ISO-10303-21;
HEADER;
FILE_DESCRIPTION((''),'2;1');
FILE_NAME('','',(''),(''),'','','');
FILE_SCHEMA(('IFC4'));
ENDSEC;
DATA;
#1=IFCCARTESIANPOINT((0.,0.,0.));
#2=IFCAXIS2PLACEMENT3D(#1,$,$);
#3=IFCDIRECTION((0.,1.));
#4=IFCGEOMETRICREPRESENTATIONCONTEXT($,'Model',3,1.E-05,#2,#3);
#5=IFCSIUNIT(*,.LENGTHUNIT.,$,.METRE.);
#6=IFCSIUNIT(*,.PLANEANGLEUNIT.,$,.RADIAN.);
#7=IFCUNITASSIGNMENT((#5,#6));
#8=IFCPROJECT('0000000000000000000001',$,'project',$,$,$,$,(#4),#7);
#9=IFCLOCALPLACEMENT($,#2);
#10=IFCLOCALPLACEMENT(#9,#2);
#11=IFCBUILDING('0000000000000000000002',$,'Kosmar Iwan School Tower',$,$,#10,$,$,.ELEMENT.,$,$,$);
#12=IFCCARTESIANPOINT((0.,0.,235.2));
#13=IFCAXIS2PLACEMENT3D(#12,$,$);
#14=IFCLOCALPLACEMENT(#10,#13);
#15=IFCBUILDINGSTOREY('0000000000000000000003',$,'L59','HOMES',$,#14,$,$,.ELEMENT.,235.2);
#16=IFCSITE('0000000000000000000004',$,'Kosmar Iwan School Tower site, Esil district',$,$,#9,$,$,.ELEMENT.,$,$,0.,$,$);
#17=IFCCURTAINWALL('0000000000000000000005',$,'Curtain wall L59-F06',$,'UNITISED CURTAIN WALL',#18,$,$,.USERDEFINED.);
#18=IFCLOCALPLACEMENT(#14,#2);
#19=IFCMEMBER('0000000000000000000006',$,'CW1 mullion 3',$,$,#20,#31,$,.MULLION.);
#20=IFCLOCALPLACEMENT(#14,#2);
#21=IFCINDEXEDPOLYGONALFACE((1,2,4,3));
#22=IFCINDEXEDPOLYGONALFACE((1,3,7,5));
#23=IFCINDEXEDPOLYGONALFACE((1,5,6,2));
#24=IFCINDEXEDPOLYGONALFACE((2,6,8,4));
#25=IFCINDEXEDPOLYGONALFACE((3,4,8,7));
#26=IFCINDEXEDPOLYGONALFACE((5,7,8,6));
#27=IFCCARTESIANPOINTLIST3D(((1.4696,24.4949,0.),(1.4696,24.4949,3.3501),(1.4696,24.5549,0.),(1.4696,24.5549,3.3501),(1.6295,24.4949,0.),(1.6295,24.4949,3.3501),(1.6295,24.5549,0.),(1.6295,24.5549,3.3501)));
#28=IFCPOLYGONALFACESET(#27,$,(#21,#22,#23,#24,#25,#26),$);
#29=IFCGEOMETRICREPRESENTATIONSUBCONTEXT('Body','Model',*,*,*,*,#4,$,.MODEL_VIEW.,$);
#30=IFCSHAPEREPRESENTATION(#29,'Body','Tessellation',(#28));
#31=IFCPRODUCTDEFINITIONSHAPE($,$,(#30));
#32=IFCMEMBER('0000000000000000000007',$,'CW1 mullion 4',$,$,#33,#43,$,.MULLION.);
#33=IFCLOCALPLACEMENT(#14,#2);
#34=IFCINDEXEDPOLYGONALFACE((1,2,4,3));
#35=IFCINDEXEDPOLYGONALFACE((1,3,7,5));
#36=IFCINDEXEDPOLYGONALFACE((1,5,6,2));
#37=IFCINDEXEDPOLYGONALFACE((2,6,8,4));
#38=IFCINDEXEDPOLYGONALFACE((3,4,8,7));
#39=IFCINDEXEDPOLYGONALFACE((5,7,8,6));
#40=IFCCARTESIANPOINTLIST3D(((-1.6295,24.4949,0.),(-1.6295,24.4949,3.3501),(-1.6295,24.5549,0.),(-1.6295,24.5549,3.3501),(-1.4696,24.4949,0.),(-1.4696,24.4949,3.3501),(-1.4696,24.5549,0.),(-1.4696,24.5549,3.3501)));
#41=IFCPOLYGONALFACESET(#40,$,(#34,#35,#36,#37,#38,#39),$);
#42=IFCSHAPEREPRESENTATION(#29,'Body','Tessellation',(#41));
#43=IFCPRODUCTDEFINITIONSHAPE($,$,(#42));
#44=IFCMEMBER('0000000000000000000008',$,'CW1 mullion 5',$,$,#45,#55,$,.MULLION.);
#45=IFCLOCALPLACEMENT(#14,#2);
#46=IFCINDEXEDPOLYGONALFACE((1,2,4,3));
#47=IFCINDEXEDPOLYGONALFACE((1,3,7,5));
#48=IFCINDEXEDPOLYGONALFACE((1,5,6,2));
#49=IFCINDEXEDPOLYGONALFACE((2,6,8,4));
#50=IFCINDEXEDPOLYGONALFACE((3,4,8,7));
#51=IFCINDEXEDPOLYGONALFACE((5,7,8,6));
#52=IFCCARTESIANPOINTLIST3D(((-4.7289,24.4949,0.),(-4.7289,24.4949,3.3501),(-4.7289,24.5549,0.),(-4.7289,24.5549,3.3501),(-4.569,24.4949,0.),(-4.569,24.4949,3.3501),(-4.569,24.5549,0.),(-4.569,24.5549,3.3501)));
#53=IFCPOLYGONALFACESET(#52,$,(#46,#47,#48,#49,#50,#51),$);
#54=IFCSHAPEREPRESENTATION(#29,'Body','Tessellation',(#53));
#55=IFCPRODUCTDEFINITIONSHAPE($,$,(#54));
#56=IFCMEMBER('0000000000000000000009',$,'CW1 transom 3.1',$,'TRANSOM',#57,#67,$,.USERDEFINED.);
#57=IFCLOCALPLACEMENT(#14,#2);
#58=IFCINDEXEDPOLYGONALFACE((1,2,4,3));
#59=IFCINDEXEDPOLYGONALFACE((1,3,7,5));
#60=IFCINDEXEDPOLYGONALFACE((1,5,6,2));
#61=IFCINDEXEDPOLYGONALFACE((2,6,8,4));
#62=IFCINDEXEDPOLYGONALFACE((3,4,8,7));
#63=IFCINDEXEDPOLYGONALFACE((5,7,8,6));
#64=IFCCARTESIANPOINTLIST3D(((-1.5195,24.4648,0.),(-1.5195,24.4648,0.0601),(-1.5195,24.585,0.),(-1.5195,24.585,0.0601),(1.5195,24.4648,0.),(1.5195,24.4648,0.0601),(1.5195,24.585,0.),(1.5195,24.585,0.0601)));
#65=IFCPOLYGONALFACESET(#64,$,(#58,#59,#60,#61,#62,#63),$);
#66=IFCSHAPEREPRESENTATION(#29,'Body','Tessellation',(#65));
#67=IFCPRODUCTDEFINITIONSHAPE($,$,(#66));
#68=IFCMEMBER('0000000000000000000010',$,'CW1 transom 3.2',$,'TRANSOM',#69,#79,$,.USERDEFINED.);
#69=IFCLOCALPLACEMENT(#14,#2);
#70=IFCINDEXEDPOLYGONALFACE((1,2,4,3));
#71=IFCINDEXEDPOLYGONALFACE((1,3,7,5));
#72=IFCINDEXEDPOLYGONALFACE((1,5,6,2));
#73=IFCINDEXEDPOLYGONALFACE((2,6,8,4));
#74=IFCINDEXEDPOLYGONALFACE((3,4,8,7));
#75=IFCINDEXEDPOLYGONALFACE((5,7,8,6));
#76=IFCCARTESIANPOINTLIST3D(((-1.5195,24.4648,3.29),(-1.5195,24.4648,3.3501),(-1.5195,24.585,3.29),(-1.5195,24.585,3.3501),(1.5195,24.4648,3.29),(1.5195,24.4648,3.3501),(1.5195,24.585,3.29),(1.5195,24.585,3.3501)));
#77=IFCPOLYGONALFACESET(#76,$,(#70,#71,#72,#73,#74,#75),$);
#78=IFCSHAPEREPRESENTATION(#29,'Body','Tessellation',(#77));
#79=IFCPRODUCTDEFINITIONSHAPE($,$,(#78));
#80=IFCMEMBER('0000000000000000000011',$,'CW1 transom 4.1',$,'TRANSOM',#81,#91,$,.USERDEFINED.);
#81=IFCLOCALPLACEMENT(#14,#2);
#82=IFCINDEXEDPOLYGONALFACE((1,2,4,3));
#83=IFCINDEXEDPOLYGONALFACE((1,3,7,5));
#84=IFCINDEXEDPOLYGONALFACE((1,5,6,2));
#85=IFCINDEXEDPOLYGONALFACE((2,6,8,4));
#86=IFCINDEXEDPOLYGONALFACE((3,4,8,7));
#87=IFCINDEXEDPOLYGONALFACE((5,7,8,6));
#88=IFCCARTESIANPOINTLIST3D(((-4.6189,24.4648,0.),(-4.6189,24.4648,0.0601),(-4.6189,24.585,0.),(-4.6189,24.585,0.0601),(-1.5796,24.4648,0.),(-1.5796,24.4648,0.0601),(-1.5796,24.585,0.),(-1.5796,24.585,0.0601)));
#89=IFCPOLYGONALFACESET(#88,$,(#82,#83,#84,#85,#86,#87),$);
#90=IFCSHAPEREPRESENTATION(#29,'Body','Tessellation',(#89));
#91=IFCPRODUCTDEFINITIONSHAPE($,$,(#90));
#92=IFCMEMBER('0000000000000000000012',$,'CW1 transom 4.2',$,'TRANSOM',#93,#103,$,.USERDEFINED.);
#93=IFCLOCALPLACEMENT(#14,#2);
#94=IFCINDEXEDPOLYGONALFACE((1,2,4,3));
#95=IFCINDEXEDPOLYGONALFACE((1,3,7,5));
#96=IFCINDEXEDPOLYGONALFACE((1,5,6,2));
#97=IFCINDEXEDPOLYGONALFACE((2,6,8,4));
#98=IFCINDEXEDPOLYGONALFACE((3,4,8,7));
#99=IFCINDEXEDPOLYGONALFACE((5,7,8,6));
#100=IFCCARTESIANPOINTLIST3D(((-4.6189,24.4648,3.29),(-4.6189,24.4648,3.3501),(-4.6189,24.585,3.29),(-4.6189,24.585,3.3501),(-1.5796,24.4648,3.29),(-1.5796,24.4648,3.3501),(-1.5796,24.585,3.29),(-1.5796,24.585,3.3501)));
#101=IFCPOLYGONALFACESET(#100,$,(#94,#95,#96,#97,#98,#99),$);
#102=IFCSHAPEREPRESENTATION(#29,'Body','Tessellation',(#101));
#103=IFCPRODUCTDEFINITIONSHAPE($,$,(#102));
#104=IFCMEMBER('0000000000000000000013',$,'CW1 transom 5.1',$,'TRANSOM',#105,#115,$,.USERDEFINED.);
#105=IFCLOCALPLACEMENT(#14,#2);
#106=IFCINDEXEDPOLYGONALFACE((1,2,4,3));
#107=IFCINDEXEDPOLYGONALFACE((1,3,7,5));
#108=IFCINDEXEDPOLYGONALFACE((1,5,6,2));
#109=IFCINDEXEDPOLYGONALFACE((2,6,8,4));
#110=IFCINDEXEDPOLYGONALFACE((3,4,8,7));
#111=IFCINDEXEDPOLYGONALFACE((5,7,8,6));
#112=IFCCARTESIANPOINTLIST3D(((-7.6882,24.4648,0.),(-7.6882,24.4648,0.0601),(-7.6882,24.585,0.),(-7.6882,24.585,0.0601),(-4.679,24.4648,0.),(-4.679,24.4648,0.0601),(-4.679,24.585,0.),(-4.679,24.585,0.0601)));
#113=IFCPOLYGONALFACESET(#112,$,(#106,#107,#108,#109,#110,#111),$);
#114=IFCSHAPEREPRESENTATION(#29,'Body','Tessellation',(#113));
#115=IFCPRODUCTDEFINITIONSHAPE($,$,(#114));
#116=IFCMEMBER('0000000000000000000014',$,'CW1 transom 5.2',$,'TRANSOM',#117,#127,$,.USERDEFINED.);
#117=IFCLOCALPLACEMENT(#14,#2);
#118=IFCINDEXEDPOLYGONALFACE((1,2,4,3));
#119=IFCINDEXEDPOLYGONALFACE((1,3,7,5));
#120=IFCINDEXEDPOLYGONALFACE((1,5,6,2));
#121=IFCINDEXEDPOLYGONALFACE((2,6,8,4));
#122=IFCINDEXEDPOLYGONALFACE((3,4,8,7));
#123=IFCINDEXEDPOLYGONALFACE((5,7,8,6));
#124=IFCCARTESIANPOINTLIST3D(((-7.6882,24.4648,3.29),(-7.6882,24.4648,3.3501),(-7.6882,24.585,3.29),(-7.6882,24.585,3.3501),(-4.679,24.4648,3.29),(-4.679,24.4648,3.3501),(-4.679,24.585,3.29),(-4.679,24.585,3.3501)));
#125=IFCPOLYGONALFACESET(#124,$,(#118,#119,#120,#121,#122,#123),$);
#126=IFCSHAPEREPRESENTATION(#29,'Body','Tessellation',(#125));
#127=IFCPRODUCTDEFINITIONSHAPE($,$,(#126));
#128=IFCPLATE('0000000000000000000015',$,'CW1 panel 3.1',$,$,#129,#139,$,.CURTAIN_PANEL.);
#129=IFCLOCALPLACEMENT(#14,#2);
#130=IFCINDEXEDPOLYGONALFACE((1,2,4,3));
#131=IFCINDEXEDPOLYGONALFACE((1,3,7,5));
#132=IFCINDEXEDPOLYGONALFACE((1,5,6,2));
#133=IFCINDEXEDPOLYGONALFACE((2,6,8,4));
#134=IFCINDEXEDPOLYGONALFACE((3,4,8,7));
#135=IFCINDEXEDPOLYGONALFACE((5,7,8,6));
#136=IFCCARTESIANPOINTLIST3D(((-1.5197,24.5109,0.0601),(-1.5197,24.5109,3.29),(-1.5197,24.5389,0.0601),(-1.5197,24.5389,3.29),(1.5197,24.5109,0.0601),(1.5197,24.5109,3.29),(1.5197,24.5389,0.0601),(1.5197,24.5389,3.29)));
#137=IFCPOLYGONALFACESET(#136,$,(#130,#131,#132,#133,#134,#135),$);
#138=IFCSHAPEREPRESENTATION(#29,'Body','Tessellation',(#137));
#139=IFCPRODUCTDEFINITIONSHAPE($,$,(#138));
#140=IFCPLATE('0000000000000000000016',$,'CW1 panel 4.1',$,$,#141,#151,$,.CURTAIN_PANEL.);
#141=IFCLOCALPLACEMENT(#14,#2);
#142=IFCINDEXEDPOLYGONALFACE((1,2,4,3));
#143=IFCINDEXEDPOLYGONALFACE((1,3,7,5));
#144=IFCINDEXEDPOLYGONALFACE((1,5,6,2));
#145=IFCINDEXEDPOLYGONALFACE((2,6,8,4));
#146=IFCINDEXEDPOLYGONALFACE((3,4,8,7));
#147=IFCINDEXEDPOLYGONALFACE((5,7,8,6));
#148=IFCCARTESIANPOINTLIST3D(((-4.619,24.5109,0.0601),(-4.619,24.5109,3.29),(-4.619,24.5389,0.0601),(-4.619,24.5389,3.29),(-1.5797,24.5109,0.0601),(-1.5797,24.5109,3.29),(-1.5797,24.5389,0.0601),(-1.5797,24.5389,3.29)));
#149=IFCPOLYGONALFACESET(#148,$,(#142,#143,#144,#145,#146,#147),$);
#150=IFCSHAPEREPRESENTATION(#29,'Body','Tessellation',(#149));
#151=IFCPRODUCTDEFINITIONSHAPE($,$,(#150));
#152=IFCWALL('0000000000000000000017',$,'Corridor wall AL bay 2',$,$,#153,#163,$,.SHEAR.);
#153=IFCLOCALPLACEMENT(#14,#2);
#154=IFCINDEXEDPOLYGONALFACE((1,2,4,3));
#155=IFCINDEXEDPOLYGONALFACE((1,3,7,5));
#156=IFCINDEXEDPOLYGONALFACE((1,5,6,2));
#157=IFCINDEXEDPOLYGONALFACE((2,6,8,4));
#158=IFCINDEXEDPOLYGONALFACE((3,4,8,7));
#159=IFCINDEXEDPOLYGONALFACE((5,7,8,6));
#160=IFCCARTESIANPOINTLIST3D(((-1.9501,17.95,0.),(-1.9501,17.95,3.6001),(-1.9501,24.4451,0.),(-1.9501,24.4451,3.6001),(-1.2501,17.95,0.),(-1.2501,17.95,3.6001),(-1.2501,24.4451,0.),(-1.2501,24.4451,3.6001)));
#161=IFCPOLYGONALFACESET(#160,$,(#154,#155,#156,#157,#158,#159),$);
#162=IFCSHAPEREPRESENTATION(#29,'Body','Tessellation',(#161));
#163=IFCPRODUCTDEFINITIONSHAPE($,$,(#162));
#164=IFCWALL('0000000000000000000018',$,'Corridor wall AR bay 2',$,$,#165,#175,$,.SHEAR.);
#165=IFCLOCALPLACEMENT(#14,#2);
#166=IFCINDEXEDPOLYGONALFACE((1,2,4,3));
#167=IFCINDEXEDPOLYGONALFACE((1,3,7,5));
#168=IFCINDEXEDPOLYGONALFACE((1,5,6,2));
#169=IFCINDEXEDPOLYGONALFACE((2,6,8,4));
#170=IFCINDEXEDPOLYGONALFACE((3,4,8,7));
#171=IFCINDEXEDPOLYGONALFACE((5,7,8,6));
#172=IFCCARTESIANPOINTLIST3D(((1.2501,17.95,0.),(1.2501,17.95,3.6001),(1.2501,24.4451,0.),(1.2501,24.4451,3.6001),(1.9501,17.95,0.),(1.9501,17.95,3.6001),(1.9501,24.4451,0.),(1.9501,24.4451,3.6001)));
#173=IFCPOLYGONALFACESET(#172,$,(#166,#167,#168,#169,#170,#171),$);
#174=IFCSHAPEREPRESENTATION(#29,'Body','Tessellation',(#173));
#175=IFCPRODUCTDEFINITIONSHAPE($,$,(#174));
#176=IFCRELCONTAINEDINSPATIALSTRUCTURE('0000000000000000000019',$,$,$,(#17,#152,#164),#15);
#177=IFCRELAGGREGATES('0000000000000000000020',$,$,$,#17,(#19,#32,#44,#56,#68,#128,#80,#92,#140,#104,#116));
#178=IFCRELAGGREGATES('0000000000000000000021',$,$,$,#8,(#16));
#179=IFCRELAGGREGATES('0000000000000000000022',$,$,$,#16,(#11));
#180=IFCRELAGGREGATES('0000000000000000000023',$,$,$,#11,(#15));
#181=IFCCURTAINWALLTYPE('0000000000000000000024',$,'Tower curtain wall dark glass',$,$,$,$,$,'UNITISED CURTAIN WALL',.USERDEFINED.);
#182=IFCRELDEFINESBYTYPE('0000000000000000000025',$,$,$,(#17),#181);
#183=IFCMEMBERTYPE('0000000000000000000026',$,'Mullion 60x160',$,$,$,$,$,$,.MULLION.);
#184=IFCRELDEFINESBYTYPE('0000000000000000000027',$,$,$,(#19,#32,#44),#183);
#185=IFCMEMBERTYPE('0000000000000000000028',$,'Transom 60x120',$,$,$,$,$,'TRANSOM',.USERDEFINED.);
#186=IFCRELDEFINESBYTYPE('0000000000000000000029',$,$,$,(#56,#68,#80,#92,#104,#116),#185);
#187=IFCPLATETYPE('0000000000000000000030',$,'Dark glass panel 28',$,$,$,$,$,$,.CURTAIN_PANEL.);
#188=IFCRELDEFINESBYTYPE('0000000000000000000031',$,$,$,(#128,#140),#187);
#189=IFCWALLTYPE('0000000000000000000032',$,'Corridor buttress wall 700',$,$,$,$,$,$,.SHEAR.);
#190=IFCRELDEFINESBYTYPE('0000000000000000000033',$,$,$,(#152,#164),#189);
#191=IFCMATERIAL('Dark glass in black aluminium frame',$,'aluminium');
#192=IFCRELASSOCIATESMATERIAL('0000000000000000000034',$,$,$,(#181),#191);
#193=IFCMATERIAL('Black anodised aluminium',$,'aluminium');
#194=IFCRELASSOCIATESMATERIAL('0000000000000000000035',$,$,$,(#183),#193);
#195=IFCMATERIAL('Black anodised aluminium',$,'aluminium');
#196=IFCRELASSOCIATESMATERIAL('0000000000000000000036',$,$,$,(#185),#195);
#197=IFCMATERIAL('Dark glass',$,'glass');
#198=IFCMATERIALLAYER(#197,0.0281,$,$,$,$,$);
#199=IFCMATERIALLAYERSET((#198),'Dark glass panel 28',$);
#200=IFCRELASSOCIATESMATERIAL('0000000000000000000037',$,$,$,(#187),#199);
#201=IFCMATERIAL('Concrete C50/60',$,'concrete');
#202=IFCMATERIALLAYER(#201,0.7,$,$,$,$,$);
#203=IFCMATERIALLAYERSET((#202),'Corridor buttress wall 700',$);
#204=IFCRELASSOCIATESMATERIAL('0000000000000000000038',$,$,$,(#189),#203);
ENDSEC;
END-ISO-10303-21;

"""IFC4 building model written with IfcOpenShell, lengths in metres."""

from ifc_helpers import new_model, si_unit, direction, frame, frame_2d, origin, origin_2d, place, context, subcontext, project, spatial, rectangle, extrude, material, layer, layer_set, material_profile, profile_set, type_object, element, aggregate, save


model = new_model("IFC4")

# Units and contexts
model_context = context("Model", 3, precision=1e-05, world=origin(), true_north=direction((0.0, 1.0)))
body_context = subcontext(model_context, "Body", "Model", "MODEL_VIEW")
ifc_project = project(units=[si_unit("LENGTHUNIT", "METRE"), si_unit("PLANEANGLEUNIT", "RADIAN")], contexts=[model_context])

# Site, building, storey
site_placement = place(None, origin())
site = spatial("IfcSite", under=ifc_project, at=site_placement, Name="Kosmar Iwan School Tower site, Esil district", CompositionType="ELEMENT", RefElevation=0.0)
building_placement = place(site_placement, origin())
building = spatial("IfcBuilding", under=site, at=building_placement, Name="Kosmar Iwan School Tower", CompositionType="ELEMENT")
storey_placement = place(building_placement, frame((0.0, 0.0, 235.2)))
storey = spatial("IfcBuildingStorey", under=building, at=storey_placement, Name="L59", Description="HOMES", CompositionType="ELEMENT", Elevation=235.2)

# Curtain wall, members, plates
ifc_material_1 = material(Name="Dark glass in black aluminium frame", Category="aluminium")
curtain_wall_type = type_object("IfcCurtainWallType", Name="Tower curtain wall dark glass", ElementType="UNITISED CURTAIN WALL", PredefinedType="USERDEFINED", material=ifc_material_1)
curtain_wall_placement = place(storey_placement, origin())
curtain_wall = element("IfcCurtainWall", 1, at=curtain_wall_placement, inside=storey, type_object=curtain_wall_type, Name="Curtain wall L59-F06", ObjectType="UNITISED CURTAIN WALL", PredefinedType="USERDEFINED")
ifc_material_2 = material(Name="Black anodised aluminium", Category="aluminium")
ifc_material_profile_1 = material_profile(ifc_material_2, rectangle(XDim=0.0601, YDim=0.1599, at=origin_2d()), Name="MULLION 60x160")
ifc_profile_set_1 = profile_set([ifc_material_profile_1], Name="Black anodised aluminium")
member_type_1 = type_object("IfcMemberType", Name="Mullion 60x160", PredefinedType="MULLION", material=ifc_profile_set_1)
member_1_placement = place(storey_placement, frame((1.5496, 24.5249, 0.0), z_axis=(0.0, 0.0, 1.0), x_axis=(0.0, -1.0, 0.0)))
member_1 = element("IfcMember", 2, at=member_1_placement, type_object=member_type_1, Name="CW1 mullion 3", PredefinedType="MULLION", context=body_context, shape_type="SweptSolid", body=[
    extrude(rectangle(XDim=0.0601, YDim=0.1599, at=origin_2d()), origin(), (0.0, 0.0, 1.0), 3.3501),
])
member_2_placement = place(storey_placement, frame((-1.5496, 24.5249, 0.0), z_axis=(0.0, 0.0, 1.0), x_axis=(0.0, -1.0, 0.0)))
member_2 = element("IfcMember", 3, at=member_2_placement, type_object=member_type_1, Name="CW1 mullion 4", PredefinedType="MULLION", context=body_context, shape_type="SweptSolid", body=[
    extrude(rectangle(XDim=0.0601, YDim=0.1599, at=origin_2d()), origin(), (0.0, 0.0, 1.0), 3.3501),
])
member_3_placement = place(storey_placement, frame((-4.6489, 24.5249, 0.0), z_axis=(0.0, 0.0, 1.0), x_axis=(0.0, -1.0, 0.0)))
member_3 = element("IfcMember", 4, at=member_3_placement, type_object=member_type_1, Name="CW1 mullion 5", PredefinedType="MULLION", context=body_context, shape_type="SweptSolid", body=[
    extrude(rectangle(XDim=0.0601, YDim=0.1599, at=origin_2d()), origin(), (0.0, 0.0, 1.0), 3.3501),
])
ifc_material_3 = material(Name="Black anodised aluminium", Category="aluminium")
ifc_material_profile_2 = material_profile(ifc_material_3, rectangle(XDim=0.1201, YDim=0.0601, at=origin_2d()), Name="TRANSOM 60x120")
ifc_profile_set_2 = profile_set([ifc_material_profile_2], Name="Black anodised aluminium")
member_type_2 = type_object("IfcMemberType", Name="Transom 60x120", ElementType="TRANSOM", PredefinedType="USERDEFINED", material=ifc_profile_set_2)
member_4_placement = place(storey_placement, frame((1.5195, 24.5249, 0.03), z_axis=(-1.0, 0.0, 0.0), x_axis=(0.0, -1.0, 0.0)))
member_4 = element("IfcMember", 5, at=member_4_placement, type_object=member_type_2, Name="CW1 transom 3.1", ObjectType="TRANSOM", PredefinedType="USERDEFINED", context=body_context, shape_type="SweptSolid", body=[
    extrude(rectangle(XDim=0.1201, YDim=0.0601, at=origin_2d()), origin(), (0.0, 0.0, 1.0), 3.0391),
])
member_5_placement = place(storey_placement, frame((1.5195, 24.5249, 3.3201), z_axis=(-1.0, 0.0, 0.0), x_axis=(0.0, -1.0, 0.0)))
member_5 = element("IfcMember", 6, at=member_5_placement, type_object=member_type_2, Name="CW1 transom 3.2", ObjectType="TRANSOM", PredefinedType="USERDEFINED", context=body_context, shape_type="SweptSolid", body=[
    extrude(rectangle(XDim=0.1201, YDim=0.0601, at=origin_2d()), origin(), (0.0, 0.0, 1.0), 3.0391),
])
member_6_placement = place(storey_placement, frame((-1.5796, 24.5249, 0.03), z_axis=(-1.0, 0.0, 0.0), x_axis=(0.0, -1.0, 0.0)))
member_6 = element("IfcMember", 7, at=member_6_placement, type_object=member_type_2, Name="CW1 transom 4.1", ObjectType="TRANSOM", PredefinedType="USERDEFINED", context=body_context, shape_type="SweptSolid", body=[
    extrude(rectangle(XDim=0.1201, YDim=0.0601, at=origin_2d()), origin(), (0.0, 0.0, 1.0), 3.0393),
])
member_7_placement = place(storey_placement, frame((-1.5796, 24.5249, 3.3201), z_axis=(-1.0, 0.0, 0.0), x_axis=(0.0, -1.0, 0.0)))
member_7 = element("IfcMember", 8, at=member_7_placement, type_object=member_type_2, Name="CW1 transom 4.2", ObjectType="TRANSOM", PredefinedType="USERDEFINED", context=body_context, shape_type="SweptSolid", body=[
    extrude(rectangle(XDim=0.1201, YDim=0.0601, at=origin_2d()), origin(), (0.0, 0.0, 1.0), 3.0393),
])
member_8_placement = place(storey_placement, frame((-4.679, 24.5249, 0.03), z_axis=(-1.0, 0.0, 0.0), x_axis=(0.0, -1.0, 0.0)))
member_8 = element("IfcMember", 9, at=member_8_placement, type_object=member_type_2, Name="CW1 transom 5.1", ObjectType="TRANSOM", PredefinedType="USERDEFINED", context=body_context, shape_type="SweptSolid", body=[
    extrude(rectangle(XDim=0.1201, YDim=0.0601, at=origin_2d()), origin(), (0.0, 0.0, 1.0), 3.0093),
])
member_9_placement = place(storey_placement, frame((-4.679, 24.5249, 3.3201), z_axis=(-1.0, 0.0, 0.0), x_axis=(0.0, -1.0, 0.0)))
member_9 = element("IfcMember", 10, at=member_9_placement, type_object=member_type_2, Name="CW1 transom 5.2", ObjectType="TRANSOM", PredefinedType="USERDEFINED", context=body_context, shape_type="SweptSolid", body=[
    extrude(rectangle(XDim=0.1201, YDim=0.0601, at=origin_2d()), origin(), (0.0, 0.0, 1.0), 3.0093),
])
ifc_material_4 = material(Name="Dark glass", Category="glass")
ifc_layer_1 = layer(ifc_material_4, 0.0281)
ifc_layer_set_1 = layer_set([ifc_layer_1], Name="Dark glass panel 28")
plate_type = type_object("IfcPlateType", Name="Dark glass panel 28", PredefinedType="CURTAIN_PANEL", material=ifc_layer_set_1)
plate_1_placement = place(storey_placement, frame((0.0, 24.5249, 0.0601), z_axis=(0.0, 0.0, 1.0), x_axis=(-1.0, 0.0, 0.0)))
plate_1 = element("IfcPlate", 11, at=plate_1_placement, type_object=plate_type, Name="CW1 panel 3.1", PredefinedType="CURTAIN_PANEL", context=body_context, shape_type="SweptSolid", body=[
    extrude(rectangle(XDim=3.0393, YDim=0.0281, at=origin_2d()), origin(), (0.0, 0.0, 1.0), 3.23),
])
plate_2_placement = place(storey_placement, frame((-3.0994, 24.5249, 0.0601), z_axis=(0.0, 0.0, 1.0), x_axis=(-1.0, 0.0, 0.0)))
plate_2 = element("IfcPlate", 12, at=plate_2_placement, type_object=plate_type, Name="CW1 panel 4.1", PredefinedType="CURTAIN_PANEL", context=body_context, shape_type="SweptSolid", body=[
    extrude(rectangle(XDim=3.0393, YDim=0.0281, at=origin_2d()), origin(), (0.0, 0.0, 1.0), 3.23),
])
aggregate(curtain_wall, [member_1, member_2, member_3, member_4, member_5, plate_1, member_6, member_7, plate_2, member_8, member_9])

# Walls
ifc_material_5 = material(Name="Concrete C50/60", Category="concrete")
ifc_layer_2 = layer(ifc_material_5, 0.7)
ifc_layer_set_2 = layer_set([ifc_layer_2], Name="Corridor buttress wall 700")
wall_type_1 = type_object("IfcWallType", Name="Corridor buttress wall 700", PredefinedType="SHEAR", material=ifc_layer_set_2)
for number, where, z_axis, x_axis, name in (
    (13, (-1.6001, 17.95, 0.0), (0.0, 0.0, 1.0), (0.0, 1.0, 0.0), "Corridor wall AL bay 2"),
    (14, (1.6001, 17.95, 0.0), (0.0, 0.0, 1.0), (0.0, 1.0, 0.0), "Corridor wall AR bay 2"),
):
    element("IfcWall", number, at=place(storey_placement, frame(where, z_axis=z_axis, x_axis=x_axis)), inside=storey, type_object=wall_type_1, Name=name, PredefinedType="SHEAR", context=body_context, shape_type="SweptSolid", body=[
        extrude(rectangle(XDim=6.4951, YDim=0.7, at=frame_2d((3.2476, 0.0))), origin(), (0.0, 0.0, 1.0), 3.6001),
    ])

save(model, "model.ifc")
